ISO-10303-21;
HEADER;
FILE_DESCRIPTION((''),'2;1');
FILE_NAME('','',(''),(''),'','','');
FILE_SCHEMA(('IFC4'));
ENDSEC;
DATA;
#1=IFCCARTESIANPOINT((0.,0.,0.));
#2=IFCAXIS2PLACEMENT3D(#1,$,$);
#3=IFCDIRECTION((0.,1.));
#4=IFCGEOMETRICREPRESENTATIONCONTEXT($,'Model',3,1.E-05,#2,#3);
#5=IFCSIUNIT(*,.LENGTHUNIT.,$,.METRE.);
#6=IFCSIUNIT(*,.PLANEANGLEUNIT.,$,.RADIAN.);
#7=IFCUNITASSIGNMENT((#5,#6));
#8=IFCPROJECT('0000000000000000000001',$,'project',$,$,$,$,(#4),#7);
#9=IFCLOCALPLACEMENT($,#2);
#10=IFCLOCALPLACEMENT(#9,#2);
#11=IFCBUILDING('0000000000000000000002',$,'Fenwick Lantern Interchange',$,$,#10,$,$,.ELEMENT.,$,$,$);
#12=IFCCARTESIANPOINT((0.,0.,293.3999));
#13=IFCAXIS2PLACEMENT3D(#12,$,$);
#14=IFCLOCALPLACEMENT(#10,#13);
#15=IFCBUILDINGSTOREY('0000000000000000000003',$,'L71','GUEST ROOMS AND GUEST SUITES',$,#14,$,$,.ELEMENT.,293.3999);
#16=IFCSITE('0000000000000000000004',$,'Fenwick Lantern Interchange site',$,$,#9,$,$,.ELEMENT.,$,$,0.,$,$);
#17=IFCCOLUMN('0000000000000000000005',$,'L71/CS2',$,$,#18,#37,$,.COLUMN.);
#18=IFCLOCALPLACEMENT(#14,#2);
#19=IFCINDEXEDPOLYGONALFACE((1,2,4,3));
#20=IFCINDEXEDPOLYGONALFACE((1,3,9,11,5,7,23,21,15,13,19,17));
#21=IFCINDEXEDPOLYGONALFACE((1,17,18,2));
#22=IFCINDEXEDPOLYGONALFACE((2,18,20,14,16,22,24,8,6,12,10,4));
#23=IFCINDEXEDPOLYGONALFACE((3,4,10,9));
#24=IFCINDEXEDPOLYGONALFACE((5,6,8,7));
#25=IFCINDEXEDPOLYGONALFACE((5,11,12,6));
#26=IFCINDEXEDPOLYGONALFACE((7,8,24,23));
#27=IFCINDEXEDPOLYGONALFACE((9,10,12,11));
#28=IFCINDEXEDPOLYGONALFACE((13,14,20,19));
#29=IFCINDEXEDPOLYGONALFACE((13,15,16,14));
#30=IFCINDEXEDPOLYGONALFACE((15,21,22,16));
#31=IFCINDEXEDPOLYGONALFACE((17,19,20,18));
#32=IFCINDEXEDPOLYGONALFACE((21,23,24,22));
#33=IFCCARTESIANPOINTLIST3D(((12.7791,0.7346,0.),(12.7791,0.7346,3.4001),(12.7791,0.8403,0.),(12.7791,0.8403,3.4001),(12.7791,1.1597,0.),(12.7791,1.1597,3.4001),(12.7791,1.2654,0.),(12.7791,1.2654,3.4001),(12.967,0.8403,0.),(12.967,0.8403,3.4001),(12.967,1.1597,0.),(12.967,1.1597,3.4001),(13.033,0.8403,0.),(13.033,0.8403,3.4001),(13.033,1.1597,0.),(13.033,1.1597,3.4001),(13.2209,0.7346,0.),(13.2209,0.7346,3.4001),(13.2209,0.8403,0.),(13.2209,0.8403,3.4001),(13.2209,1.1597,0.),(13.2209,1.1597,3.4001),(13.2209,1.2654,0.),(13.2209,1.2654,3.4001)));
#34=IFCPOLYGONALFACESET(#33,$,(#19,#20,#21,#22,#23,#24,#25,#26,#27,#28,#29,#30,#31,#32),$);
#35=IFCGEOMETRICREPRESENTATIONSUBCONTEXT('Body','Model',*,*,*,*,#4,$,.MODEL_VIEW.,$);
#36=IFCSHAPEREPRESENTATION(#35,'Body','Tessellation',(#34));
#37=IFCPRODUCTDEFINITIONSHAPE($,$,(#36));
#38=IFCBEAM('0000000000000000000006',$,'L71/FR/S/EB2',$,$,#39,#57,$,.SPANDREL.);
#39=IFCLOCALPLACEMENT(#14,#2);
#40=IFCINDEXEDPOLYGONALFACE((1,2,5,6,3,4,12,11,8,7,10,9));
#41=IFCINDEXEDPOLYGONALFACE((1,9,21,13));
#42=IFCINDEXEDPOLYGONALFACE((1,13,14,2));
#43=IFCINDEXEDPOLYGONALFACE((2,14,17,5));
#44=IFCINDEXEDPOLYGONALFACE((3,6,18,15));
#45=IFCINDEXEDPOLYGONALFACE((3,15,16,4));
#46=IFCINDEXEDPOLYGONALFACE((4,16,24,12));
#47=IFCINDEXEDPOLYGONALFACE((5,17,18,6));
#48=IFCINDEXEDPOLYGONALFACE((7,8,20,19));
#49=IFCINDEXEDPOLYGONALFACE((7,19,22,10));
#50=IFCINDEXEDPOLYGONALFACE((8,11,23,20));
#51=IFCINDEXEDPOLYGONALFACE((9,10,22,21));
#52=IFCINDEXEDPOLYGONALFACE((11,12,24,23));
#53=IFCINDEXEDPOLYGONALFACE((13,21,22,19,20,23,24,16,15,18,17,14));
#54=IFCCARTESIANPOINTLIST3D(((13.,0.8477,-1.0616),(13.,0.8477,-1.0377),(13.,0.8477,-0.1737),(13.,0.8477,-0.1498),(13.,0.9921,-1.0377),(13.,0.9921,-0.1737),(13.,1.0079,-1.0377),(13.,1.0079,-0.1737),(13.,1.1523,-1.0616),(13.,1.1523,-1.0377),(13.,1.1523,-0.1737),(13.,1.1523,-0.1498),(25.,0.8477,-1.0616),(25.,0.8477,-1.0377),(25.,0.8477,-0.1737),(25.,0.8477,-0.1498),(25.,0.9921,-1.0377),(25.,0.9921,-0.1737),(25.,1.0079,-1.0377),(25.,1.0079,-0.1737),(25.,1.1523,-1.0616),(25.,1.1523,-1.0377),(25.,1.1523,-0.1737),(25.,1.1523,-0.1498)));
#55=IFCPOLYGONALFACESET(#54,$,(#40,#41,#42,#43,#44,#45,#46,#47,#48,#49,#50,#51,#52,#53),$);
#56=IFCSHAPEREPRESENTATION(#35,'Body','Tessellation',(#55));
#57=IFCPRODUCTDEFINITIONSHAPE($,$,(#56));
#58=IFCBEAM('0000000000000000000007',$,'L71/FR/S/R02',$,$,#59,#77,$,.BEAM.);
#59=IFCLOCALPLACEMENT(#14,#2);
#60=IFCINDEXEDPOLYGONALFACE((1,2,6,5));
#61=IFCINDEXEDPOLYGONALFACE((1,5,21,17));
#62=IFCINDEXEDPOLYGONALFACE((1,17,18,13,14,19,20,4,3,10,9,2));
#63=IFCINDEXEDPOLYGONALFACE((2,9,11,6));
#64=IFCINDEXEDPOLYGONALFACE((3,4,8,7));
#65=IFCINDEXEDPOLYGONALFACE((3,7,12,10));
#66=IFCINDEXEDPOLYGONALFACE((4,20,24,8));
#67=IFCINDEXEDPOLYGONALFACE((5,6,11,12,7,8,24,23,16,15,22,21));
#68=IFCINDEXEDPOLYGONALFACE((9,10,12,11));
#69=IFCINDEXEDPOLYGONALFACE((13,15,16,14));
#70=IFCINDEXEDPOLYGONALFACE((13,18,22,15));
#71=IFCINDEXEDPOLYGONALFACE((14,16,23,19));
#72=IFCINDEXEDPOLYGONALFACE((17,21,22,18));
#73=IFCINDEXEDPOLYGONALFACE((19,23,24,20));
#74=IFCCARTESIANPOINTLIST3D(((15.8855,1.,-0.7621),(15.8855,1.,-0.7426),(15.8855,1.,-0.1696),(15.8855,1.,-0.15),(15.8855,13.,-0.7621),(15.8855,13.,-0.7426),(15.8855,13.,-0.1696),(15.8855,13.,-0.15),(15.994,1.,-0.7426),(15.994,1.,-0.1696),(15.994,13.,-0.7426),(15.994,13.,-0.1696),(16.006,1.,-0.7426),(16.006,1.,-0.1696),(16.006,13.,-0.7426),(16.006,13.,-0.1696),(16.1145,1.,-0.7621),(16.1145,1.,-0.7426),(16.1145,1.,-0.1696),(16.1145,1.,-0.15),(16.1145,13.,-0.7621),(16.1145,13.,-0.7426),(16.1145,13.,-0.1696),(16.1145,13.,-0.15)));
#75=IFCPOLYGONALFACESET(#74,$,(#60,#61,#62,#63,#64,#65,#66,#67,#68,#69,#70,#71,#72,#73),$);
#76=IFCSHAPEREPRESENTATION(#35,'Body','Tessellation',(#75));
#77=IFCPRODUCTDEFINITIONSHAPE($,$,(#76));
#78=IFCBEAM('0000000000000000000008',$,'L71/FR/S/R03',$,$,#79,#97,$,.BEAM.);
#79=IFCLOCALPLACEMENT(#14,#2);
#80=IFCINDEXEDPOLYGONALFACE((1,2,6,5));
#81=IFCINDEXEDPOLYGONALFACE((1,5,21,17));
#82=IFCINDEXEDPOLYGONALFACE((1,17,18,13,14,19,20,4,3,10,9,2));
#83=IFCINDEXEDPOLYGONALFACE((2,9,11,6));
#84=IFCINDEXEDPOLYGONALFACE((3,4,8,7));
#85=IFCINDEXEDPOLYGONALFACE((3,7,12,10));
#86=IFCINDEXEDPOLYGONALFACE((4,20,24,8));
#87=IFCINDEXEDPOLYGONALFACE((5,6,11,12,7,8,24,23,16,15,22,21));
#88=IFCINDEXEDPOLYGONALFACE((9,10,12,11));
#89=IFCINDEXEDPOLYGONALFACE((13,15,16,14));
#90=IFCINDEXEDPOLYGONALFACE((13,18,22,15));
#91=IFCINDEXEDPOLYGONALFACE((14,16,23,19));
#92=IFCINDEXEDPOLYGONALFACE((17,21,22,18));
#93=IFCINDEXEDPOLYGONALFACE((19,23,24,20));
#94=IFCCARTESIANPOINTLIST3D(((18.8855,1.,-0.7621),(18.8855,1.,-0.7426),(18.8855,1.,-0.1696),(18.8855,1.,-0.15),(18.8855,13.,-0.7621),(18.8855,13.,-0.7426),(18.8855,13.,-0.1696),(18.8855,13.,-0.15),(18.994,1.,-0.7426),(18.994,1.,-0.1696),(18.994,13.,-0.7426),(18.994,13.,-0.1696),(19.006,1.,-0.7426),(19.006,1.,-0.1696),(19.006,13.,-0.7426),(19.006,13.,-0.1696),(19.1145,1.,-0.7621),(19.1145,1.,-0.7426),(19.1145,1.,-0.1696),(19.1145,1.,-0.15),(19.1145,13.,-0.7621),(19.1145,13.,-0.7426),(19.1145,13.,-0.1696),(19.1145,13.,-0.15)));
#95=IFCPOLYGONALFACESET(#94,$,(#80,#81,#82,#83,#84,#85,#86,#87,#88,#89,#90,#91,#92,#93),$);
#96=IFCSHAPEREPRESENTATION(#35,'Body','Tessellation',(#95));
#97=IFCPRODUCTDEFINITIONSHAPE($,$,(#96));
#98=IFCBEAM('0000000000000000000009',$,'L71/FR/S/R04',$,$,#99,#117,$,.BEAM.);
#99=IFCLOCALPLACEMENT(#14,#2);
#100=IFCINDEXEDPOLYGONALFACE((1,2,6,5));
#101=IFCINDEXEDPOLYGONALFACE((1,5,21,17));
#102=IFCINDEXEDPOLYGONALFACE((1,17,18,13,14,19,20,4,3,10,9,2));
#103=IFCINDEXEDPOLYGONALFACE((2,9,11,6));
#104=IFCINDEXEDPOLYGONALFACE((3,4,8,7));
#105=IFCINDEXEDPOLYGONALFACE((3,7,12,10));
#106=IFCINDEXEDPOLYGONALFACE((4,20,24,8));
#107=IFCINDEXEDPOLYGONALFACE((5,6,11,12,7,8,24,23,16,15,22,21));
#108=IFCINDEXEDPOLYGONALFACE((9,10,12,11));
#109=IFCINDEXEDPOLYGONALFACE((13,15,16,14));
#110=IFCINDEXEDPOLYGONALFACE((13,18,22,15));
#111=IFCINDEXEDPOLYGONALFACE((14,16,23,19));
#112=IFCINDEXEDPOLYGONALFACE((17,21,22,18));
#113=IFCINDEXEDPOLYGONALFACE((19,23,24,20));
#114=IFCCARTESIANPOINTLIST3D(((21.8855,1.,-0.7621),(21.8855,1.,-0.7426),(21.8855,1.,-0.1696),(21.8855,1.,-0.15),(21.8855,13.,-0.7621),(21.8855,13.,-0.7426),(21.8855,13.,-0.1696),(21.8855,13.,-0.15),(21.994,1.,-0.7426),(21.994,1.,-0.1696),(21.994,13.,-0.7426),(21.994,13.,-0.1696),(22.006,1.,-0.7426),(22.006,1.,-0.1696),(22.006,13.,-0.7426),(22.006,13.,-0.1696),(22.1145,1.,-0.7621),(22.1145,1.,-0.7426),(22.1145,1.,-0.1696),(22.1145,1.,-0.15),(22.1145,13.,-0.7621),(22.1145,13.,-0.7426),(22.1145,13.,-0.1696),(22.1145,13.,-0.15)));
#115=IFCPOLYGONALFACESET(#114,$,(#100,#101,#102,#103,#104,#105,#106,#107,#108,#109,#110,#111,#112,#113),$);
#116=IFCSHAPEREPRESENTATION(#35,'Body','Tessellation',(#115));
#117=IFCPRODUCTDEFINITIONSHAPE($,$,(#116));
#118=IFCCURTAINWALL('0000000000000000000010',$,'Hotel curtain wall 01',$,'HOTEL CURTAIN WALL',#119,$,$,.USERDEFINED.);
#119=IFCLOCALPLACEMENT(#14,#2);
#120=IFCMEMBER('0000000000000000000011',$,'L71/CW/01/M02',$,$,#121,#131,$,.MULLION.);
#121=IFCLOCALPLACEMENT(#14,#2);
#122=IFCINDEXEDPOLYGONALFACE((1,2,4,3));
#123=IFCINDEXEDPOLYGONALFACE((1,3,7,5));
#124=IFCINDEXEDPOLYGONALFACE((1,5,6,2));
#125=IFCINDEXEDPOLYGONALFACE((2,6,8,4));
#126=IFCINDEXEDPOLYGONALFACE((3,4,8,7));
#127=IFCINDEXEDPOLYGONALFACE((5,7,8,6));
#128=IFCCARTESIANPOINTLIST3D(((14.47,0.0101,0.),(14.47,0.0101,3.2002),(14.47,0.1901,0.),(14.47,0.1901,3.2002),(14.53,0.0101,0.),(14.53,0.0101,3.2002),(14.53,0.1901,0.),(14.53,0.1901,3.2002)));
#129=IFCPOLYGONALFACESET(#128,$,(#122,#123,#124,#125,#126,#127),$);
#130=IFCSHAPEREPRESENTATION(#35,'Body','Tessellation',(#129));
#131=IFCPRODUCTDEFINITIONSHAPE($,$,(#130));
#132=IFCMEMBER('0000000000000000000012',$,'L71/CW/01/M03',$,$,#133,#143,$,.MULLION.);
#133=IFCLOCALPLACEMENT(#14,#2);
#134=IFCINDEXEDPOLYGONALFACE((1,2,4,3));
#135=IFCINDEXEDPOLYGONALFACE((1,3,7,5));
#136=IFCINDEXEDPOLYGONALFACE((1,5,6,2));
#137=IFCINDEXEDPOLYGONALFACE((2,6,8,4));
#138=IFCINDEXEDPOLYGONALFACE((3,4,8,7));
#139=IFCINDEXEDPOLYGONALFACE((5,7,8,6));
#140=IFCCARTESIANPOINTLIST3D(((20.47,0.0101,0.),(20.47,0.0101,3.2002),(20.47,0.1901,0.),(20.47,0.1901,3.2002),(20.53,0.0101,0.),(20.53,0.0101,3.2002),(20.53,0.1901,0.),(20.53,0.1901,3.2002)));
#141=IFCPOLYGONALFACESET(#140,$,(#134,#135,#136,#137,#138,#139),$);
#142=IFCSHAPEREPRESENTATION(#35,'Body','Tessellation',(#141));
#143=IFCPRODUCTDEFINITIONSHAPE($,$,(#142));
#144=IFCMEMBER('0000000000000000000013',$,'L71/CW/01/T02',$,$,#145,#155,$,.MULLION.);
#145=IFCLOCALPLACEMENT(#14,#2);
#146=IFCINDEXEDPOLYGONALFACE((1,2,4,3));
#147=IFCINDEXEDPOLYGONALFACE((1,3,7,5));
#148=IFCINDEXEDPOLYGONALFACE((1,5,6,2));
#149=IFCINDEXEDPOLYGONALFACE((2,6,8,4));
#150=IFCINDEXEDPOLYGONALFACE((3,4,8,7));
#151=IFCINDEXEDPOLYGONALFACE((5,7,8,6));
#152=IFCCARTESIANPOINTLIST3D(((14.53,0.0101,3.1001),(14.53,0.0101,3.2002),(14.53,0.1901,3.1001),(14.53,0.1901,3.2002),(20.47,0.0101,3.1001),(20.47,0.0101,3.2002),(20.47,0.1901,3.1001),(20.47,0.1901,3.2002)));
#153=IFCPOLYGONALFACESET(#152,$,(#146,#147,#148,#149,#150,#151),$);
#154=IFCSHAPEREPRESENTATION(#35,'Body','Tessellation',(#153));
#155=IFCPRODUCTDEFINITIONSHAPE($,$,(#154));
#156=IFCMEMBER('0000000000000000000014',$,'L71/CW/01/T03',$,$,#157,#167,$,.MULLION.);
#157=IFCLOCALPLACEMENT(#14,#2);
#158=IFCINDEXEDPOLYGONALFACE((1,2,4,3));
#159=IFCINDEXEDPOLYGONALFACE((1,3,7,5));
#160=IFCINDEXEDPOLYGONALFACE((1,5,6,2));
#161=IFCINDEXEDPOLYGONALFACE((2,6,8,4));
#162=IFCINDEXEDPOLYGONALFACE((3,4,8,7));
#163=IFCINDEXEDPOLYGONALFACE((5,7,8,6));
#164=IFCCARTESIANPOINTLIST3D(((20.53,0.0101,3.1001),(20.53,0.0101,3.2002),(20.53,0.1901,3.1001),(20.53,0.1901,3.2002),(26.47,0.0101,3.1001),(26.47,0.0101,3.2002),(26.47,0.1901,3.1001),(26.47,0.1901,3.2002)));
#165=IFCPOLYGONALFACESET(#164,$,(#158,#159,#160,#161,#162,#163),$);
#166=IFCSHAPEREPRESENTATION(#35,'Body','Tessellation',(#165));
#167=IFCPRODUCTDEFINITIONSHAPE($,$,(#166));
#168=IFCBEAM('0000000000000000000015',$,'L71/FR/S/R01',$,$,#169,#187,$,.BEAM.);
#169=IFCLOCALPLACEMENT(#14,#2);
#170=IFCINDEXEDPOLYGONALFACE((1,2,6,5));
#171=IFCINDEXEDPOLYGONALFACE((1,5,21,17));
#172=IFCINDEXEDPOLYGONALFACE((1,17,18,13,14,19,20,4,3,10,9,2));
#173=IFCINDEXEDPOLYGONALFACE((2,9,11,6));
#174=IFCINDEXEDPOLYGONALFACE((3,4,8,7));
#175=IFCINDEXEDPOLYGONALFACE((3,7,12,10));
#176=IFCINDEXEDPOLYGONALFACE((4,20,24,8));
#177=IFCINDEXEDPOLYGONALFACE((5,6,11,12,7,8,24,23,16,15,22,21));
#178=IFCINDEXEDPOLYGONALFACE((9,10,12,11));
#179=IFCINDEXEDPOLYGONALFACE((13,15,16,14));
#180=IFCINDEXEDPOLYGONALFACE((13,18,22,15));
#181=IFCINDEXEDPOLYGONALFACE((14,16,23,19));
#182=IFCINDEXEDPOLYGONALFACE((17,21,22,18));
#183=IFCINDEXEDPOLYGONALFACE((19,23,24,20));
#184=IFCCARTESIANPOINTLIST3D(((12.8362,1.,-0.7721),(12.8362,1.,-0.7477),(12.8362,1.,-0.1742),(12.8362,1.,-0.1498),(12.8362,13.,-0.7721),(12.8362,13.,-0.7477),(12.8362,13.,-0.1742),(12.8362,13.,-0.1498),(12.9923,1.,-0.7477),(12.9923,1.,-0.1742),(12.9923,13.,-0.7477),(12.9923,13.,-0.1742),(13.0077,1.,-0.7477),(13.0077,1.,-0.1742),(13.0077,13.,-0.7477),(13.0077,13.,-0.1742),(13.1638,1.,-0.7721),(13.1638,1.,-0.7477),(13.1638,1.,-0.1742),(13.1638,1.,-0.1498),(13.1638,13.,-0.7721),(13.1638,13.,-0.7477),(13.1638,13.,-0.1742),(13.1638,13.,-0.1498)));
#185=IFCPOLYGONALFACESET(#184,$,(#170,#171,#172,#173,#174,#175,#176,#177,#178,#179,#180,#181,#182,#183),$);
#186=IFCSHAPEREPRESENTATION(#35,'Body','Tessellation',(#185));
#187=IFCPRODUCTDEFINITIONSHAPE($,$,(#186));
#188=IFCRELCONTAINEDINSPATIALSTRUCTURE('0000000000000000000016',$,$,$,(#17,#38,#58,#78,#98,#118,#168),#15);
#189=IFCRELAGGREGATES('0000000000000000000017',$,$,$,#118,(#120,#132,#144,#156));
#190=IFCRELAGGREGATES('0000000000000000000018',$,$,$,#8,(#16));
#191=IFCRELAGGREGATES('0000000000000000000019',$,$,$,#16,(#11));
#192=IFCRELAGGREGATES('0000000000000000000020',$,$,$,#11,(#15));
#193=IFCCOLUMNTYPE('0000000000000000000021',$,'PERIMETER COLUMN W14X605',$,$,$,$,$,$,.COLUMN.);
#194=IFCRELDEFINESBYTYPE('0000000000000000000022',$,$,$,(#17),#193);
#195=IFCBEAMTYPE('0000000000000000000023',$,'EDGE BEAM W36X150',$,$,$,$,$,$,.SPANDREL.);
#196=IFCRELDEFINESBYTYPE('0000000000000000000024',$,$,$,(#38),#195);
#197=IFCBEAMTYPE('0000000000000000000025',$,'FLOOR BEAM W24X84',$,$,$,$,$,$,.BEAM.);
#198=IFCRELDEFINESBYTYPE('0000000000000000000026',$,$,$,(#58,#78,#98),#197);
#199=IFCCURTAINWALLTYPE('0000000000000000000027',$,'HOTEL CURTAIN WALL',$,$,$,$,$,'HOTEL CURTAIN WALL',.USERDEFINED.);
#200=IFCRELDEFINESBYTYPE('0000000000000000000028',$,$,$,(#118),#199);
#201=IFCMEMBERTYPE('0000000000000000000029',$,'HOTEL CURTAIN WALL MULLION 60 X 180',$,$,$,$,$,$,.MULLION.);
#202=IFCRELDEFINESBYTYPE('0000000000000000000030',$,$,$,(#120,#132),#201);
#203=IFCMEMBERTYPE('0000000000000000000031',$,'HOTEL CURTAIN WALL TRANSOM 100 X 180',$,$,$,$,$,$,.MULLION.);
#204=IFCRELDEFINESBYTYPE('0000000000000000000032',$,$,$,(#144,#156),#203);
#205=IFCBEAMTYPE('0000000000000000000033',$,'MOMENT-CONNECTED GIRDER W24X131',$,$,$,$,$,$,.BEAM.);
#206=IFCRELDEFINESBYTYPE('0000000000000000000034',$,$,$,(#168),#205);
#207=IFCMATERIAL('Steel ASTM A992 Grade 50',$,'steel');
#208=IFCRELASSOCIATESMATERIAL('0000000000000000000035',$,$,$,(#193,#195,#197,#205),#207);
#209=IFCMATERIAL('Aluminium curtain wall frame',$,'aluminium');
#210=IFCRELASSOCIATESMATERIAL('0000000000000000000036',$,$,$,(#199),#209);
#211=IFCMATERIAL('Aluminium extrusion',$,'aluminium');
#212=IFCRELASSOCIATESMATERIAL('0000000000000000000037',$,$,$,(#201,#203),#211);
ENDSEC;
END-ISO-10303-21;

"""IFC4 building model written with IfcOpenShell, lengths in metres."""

from ifc_helpers import new_model, si_unit, direction, frame, origin, origin_2d, place, context, subcontext, project, spatial, rectangle, i_section, extrude, material, material_profile, profile_set, type_object, element, aggregate, save


model = new_model("IFC4")

# Units and contexts
model_context = context("Model", 3, precision=1e-05, world=origin(), true_north=direction((0.0, 1.0)))
body_context = subcontext(model_context, "Body", "Model", "MODEL_VIEW")
ifc_project = project(units=[si_unit("LENGTHUNIT", "METRE"), si_unit("PLANEANGLEUNIT", "RADIAN")], contexts=[model_context])

# Site, building, storey
site_placement = place(None, origin())
site = spatial("IfcSite", under=ifc_project, at=site_placement, Name="Fenwick Lantern Interchange site", CompositionType="ELEMENT", RefElevation=0.0)
building_placement = place(site_placement, origin())
building = spatial("IfcBuilding", under=site, at=building_placement, Name="Fenwick Lantern Interchange", CompositionType="ELEMENT")
storey_placement = place(building_placement, frame((0.0, 0.0, 293.3999)))
storey = spatial("IfcBuildingStorey", under=building, at=storey_placement, Name="L71", Description="GUEST ROOMS AND GUEST SUITES", CompositionType="ELEMENT", Elevation=293.3999)

# Column
ifc_material_1 = material(Name="Steel ASTM A992 Grade 50", Category="steel")
ifc_material_profile_1 = material_profile(ifc_material_1, i_section(OverallWidth=0.4419, OverallDepth=0.5308, WebThickness=0.0659, FlangeThickness=0.1057, at=origin_2d()), Name="W14X605")
ifc_profile_set_1 = profile_set([ifc_material_profile_1], Name="Steel ASTM A992 Grade 50")
column_type = type_object("IfcColumnType", Name="PERIMETER COLUMN W14X605", PredefinedType="COLUMN", material=ifc_profile_set_1)
column_placement = place(storey_placement, frame((13.0, 1.0, 0.0), z_axis=(0.0, 0.0, 1.0), x_axis=(1.0, 0.0, 0.0)))
element("IfcColumn", 1, at=column_placement, inside=storey, type_object=column_type, Name="L71/CS2", PredefinedType="COLUMN", context=body_context, shape_type="SweptSolid", body=[
    extrude(i_section(OverallWidth=0.4419, OverallDepth=0.5308, WebThickness=0.0659, FlangeThickness=0.1057, at=origin_2d()), origin(), (0.0, 0.0, 1.0), 3.4001),
])

# Beams
ifc_material_profile_2 = material_profile(ifc_material_1, i_section(OverallWidth=0.3047, OverallDepth=0.9119, WebThickness=0.0159, FlangeThickness=0.0239, at=origin_2d()), Name="W36X150")
ifc_profile_set_2 = profile_set([ifc_material_profile_2], Name="Steel ASTM A992 Grade 50")
beam_type_1 = type_object("IfcBeamType", Name="EDGE BEAM W36X150", PredefinedType="SPANDREL", material=ifc_profile_set_2)
beam_1_placement = place(storey_placement, frame((13.0, 1.0, -0.6057), z_axis=(1.0, 0.0, 0.0), x_axis=(0.0, 1.0, 0.0)))
element("IfcBeam", 2, at=beam_1_placement, inside=storey, type_object=beam_type_1, Name="L71/FR/S/EB2", PredefinedType="SPANDREL", context=body_context, shape_type="SweptSolid", body=[
    extrude(i_section(OverallWidth=0.3047, OverallDepth=0.9119, WebThickness=0.0159, FlangeThickness=0.0239, at=origin_2d()), origin(), (0.0, 0.0, 1.0), 12.0),
])
ifc_material_profile_3 = material_profile(ifc_material_1, i_section(OverallWidth=0.229, OverallDepth=0.6121, WebThickness=0.012, FlangeThickness=0.0195, at=origin_2d()), Name="W24X84")
ifc_profile_set_3 = profile_set([ifc_material_profile_3], Name="Steel ASTM A992 Grade 50")
beam_type_2 = type_object("IfcBeamType", Name="FLOOR BEAM W24X84", PredefinedType="BEAM", material=ifc_profile_set_3)
for number, where, z_axis, x_axis, name in (
    (3, (16.0, 1.0, -0.4561), (0.0, 1.0, 0.0), (-1.0, 0.0, 0.0), "L71/FR/S/R02"),
    (4, (19.0, 1.0, -0.4561), (0.0, 1.0, 0.0), (-1.0, 0.0, 0.0), "L71/FR/S/R03"),
    (5, (22.0, 1.0, -0.4561), (0.0, 1.0, 0.0), (-1.0, 0.0, 0.0), "L71/FR/S/R04"),
):
    element("IfcBeam", number, at=place(storey_placement, frame(where, z_axis=z_axis, x_axis=x_axis)), inside=storey, type_object=beam_type_2, Name=name, PredefinedType="BEAM", context=body_context, shape_type="SweptSolid", body=[
        extrude(i_section(OverallWidth=0.229, OverallDepth=0.6121, WebThickness=0.012, FlangeThickness=0.0195, at=origin_2d()), origin(), (0.0, 0.0, 1.0), 12.0),
    ])

# Curtain wall, members
ifc_material_2 = material(Name="Aluminium curtain wall frame", Category="aluminium")
curtain_wall_type = type_object("IfcCurtainWallType", Name="HOTEL CURTAIN WALL", ElementType="HOTEL CURTAIN WALL", PredefinedType="USERDEFINED", material=ifc_material_2)
curtain_wall_placement = place(storey_placement, origin())
curtain_wall = element("IfcCurtainWall", 6, at=curtain_wall_placement, inside=storey, type_object=curtain_wall_type, Name="Hotel curtain wall 01", ObjectType="HOTEL CURTAIN WALL", PredefinedType="USERDEFINED")
ifc_material_3 = material(Name="Aluminium extrusion", Category="aluminium")
ifc_material_profile_4 = material_profile(ifc_material_3, rectangle(XDim=0.1799, YDim=0.0601, at=origin_2d()), Name="HOTEL CURTAIN WALL MULLION 60 X 180")
ifc_profile_set_4 = profile_set([ifc_material_profile_4], Name="Aluminium extrusion")
member_type_1 = type_object("IfcMemberType", Name="HOTEL CURTAIN WALL MULLION 60 X 180", PredefinedType="MULLION", material=ifc_profile_set_4)
member_1_placement = place(storey_placement, frame((14.5, 0.1001, 0.0), z_axis=(0.0, 0.0, 1.0), x_axis=(0.0, 1.0, 0.0)))
member_1 = element("IfcMember", 7, at=member_1_placement, type_object=member_type_1, Name="L71/CW/01/M02", PredefinedType="MULLION", context=body_context, shape_type="SweptSolid", body=[
    extrude(rectangle(XDim=0.1799, YDim=0.0601, at=origin_2d()), origin(), (0.0, 0.0, 1.0), 3.2002),
])
member_2_placement = place(storey_placement, frame((20.5, 0.1001, 0.0), z_axis=(0.0, 0.0, 1.0), x_axis=(0.0, 1.0, 0.0)))
member_2 = element("IfcMember", 8, at=member_2_placement, type_object=member_type_1, Name="L71/CW/01/M03", PredefinedType="MULLION", context=body_context, shape_type="SweptSolid", body=[
    extrude(rectangle(XDim=0.1799, YDim=0.0601, at=origin_2d()), origin(), (0.0, 0.0, 1.0), 3.2002),
])
ifc_material_profile_5 = material_profile(ifc_material_3, rectangle(XDim=0.1799, YDim=0.1001, at=origin_2d()), Name="HOTEL CURTAIN WALL TRANSOM 100 X 180")
ifc_profile_set_5 = profile_set([ifc_material_profile_5], Name="Aluminium extrusion")
member_type_2 = type_object("IfcMemberType", Name="HOTEL CURTAIN WALL TRANSOM 100 X 180", PredefinedType="MULLION", material=ifc_profile_set_5)
member_3_placement = place(storey_placement, frame((14.53, 0.1001, 3.1501), z_axis=(1.0, 0.0, 0.0), x_axis=(0.0, 1.0, 0.0)))
member_3 = element("IfcMember", 9, at=member_3_placement, type_object=member_type_2, Name="L71/CW/01/T02", PredefinedType="MULLION", context=body_context, shape_type="SweptSolid", body=[
    extrude(rectangle(XDim=0.1799, YDim=0.1001, at=origin_2d()), origin(), (0.0, 0.0, 1.0), 5.9399),
])
member_4_placement = place(storey_placement, frame((20.53, 0.1001, 3.1501), z_axis=(1.0, 0.0, 0.0), x_axis=(0.0, 1.0, 0.0)))
member_4 = element("IfcMember", 10, at=member_4_placement, type_object=member_type_2, Name="L71/CW/01/T03", PredefinedType="MULLION", context=body_context, shape_type="SweptSolid", body=[
    extrude(rectangle(XDim=0.1799, YDim=0.1001, at=origin_2d()), origin(), (0.0, 0.0, 1.0), 5.9399),
])

# Beam
ifc_material_profile_6 = material_profile(ifc_material_1, i_section(OverallWidth=0.3276, OverallDepth=0.6223, WebThickness=0.0154, FlangeThickness=0.0244, at=origin_2d()), Name="W24X131")
ifc_profile_set_6 = profile_set([ifc_material_profile_6], Name="Steel ASTM A992 Grade 50")
beam_type_3 = type_object("IfcBeamType", Name="MOMENT-CONNECTED GIRDER W24X131", PredefinedType="BEAM", material=ifc_profile_set_6)
beam_2_placement = place(storey_placement, frame((13.0, 1.0, -0.4609), z_axis=(0.0, 1.0, 0.0), x_axis=(-1.0, 0.0, 0.0)))
element("IfcBeam", 11, at=beam_2_placement, inside=storey, type_object=beam_type_3, Name="L71/FR/S/R01", PredefinedType="BEAM", context=body_context, shape_type="SweptSolid", body=[
    extrude(i_section(OverallWidth=0.3276, OverallDepth=0.6223, WebThickness=0.0154, FlangeThickness=0.0244, at=origin_2d()), origin(), (0.0, 0.0, 1.0), 12.0),
])

aggregate(curtain_wall, [member_1, member_2, member_3, member_4])

save(model, "model.ifc")
